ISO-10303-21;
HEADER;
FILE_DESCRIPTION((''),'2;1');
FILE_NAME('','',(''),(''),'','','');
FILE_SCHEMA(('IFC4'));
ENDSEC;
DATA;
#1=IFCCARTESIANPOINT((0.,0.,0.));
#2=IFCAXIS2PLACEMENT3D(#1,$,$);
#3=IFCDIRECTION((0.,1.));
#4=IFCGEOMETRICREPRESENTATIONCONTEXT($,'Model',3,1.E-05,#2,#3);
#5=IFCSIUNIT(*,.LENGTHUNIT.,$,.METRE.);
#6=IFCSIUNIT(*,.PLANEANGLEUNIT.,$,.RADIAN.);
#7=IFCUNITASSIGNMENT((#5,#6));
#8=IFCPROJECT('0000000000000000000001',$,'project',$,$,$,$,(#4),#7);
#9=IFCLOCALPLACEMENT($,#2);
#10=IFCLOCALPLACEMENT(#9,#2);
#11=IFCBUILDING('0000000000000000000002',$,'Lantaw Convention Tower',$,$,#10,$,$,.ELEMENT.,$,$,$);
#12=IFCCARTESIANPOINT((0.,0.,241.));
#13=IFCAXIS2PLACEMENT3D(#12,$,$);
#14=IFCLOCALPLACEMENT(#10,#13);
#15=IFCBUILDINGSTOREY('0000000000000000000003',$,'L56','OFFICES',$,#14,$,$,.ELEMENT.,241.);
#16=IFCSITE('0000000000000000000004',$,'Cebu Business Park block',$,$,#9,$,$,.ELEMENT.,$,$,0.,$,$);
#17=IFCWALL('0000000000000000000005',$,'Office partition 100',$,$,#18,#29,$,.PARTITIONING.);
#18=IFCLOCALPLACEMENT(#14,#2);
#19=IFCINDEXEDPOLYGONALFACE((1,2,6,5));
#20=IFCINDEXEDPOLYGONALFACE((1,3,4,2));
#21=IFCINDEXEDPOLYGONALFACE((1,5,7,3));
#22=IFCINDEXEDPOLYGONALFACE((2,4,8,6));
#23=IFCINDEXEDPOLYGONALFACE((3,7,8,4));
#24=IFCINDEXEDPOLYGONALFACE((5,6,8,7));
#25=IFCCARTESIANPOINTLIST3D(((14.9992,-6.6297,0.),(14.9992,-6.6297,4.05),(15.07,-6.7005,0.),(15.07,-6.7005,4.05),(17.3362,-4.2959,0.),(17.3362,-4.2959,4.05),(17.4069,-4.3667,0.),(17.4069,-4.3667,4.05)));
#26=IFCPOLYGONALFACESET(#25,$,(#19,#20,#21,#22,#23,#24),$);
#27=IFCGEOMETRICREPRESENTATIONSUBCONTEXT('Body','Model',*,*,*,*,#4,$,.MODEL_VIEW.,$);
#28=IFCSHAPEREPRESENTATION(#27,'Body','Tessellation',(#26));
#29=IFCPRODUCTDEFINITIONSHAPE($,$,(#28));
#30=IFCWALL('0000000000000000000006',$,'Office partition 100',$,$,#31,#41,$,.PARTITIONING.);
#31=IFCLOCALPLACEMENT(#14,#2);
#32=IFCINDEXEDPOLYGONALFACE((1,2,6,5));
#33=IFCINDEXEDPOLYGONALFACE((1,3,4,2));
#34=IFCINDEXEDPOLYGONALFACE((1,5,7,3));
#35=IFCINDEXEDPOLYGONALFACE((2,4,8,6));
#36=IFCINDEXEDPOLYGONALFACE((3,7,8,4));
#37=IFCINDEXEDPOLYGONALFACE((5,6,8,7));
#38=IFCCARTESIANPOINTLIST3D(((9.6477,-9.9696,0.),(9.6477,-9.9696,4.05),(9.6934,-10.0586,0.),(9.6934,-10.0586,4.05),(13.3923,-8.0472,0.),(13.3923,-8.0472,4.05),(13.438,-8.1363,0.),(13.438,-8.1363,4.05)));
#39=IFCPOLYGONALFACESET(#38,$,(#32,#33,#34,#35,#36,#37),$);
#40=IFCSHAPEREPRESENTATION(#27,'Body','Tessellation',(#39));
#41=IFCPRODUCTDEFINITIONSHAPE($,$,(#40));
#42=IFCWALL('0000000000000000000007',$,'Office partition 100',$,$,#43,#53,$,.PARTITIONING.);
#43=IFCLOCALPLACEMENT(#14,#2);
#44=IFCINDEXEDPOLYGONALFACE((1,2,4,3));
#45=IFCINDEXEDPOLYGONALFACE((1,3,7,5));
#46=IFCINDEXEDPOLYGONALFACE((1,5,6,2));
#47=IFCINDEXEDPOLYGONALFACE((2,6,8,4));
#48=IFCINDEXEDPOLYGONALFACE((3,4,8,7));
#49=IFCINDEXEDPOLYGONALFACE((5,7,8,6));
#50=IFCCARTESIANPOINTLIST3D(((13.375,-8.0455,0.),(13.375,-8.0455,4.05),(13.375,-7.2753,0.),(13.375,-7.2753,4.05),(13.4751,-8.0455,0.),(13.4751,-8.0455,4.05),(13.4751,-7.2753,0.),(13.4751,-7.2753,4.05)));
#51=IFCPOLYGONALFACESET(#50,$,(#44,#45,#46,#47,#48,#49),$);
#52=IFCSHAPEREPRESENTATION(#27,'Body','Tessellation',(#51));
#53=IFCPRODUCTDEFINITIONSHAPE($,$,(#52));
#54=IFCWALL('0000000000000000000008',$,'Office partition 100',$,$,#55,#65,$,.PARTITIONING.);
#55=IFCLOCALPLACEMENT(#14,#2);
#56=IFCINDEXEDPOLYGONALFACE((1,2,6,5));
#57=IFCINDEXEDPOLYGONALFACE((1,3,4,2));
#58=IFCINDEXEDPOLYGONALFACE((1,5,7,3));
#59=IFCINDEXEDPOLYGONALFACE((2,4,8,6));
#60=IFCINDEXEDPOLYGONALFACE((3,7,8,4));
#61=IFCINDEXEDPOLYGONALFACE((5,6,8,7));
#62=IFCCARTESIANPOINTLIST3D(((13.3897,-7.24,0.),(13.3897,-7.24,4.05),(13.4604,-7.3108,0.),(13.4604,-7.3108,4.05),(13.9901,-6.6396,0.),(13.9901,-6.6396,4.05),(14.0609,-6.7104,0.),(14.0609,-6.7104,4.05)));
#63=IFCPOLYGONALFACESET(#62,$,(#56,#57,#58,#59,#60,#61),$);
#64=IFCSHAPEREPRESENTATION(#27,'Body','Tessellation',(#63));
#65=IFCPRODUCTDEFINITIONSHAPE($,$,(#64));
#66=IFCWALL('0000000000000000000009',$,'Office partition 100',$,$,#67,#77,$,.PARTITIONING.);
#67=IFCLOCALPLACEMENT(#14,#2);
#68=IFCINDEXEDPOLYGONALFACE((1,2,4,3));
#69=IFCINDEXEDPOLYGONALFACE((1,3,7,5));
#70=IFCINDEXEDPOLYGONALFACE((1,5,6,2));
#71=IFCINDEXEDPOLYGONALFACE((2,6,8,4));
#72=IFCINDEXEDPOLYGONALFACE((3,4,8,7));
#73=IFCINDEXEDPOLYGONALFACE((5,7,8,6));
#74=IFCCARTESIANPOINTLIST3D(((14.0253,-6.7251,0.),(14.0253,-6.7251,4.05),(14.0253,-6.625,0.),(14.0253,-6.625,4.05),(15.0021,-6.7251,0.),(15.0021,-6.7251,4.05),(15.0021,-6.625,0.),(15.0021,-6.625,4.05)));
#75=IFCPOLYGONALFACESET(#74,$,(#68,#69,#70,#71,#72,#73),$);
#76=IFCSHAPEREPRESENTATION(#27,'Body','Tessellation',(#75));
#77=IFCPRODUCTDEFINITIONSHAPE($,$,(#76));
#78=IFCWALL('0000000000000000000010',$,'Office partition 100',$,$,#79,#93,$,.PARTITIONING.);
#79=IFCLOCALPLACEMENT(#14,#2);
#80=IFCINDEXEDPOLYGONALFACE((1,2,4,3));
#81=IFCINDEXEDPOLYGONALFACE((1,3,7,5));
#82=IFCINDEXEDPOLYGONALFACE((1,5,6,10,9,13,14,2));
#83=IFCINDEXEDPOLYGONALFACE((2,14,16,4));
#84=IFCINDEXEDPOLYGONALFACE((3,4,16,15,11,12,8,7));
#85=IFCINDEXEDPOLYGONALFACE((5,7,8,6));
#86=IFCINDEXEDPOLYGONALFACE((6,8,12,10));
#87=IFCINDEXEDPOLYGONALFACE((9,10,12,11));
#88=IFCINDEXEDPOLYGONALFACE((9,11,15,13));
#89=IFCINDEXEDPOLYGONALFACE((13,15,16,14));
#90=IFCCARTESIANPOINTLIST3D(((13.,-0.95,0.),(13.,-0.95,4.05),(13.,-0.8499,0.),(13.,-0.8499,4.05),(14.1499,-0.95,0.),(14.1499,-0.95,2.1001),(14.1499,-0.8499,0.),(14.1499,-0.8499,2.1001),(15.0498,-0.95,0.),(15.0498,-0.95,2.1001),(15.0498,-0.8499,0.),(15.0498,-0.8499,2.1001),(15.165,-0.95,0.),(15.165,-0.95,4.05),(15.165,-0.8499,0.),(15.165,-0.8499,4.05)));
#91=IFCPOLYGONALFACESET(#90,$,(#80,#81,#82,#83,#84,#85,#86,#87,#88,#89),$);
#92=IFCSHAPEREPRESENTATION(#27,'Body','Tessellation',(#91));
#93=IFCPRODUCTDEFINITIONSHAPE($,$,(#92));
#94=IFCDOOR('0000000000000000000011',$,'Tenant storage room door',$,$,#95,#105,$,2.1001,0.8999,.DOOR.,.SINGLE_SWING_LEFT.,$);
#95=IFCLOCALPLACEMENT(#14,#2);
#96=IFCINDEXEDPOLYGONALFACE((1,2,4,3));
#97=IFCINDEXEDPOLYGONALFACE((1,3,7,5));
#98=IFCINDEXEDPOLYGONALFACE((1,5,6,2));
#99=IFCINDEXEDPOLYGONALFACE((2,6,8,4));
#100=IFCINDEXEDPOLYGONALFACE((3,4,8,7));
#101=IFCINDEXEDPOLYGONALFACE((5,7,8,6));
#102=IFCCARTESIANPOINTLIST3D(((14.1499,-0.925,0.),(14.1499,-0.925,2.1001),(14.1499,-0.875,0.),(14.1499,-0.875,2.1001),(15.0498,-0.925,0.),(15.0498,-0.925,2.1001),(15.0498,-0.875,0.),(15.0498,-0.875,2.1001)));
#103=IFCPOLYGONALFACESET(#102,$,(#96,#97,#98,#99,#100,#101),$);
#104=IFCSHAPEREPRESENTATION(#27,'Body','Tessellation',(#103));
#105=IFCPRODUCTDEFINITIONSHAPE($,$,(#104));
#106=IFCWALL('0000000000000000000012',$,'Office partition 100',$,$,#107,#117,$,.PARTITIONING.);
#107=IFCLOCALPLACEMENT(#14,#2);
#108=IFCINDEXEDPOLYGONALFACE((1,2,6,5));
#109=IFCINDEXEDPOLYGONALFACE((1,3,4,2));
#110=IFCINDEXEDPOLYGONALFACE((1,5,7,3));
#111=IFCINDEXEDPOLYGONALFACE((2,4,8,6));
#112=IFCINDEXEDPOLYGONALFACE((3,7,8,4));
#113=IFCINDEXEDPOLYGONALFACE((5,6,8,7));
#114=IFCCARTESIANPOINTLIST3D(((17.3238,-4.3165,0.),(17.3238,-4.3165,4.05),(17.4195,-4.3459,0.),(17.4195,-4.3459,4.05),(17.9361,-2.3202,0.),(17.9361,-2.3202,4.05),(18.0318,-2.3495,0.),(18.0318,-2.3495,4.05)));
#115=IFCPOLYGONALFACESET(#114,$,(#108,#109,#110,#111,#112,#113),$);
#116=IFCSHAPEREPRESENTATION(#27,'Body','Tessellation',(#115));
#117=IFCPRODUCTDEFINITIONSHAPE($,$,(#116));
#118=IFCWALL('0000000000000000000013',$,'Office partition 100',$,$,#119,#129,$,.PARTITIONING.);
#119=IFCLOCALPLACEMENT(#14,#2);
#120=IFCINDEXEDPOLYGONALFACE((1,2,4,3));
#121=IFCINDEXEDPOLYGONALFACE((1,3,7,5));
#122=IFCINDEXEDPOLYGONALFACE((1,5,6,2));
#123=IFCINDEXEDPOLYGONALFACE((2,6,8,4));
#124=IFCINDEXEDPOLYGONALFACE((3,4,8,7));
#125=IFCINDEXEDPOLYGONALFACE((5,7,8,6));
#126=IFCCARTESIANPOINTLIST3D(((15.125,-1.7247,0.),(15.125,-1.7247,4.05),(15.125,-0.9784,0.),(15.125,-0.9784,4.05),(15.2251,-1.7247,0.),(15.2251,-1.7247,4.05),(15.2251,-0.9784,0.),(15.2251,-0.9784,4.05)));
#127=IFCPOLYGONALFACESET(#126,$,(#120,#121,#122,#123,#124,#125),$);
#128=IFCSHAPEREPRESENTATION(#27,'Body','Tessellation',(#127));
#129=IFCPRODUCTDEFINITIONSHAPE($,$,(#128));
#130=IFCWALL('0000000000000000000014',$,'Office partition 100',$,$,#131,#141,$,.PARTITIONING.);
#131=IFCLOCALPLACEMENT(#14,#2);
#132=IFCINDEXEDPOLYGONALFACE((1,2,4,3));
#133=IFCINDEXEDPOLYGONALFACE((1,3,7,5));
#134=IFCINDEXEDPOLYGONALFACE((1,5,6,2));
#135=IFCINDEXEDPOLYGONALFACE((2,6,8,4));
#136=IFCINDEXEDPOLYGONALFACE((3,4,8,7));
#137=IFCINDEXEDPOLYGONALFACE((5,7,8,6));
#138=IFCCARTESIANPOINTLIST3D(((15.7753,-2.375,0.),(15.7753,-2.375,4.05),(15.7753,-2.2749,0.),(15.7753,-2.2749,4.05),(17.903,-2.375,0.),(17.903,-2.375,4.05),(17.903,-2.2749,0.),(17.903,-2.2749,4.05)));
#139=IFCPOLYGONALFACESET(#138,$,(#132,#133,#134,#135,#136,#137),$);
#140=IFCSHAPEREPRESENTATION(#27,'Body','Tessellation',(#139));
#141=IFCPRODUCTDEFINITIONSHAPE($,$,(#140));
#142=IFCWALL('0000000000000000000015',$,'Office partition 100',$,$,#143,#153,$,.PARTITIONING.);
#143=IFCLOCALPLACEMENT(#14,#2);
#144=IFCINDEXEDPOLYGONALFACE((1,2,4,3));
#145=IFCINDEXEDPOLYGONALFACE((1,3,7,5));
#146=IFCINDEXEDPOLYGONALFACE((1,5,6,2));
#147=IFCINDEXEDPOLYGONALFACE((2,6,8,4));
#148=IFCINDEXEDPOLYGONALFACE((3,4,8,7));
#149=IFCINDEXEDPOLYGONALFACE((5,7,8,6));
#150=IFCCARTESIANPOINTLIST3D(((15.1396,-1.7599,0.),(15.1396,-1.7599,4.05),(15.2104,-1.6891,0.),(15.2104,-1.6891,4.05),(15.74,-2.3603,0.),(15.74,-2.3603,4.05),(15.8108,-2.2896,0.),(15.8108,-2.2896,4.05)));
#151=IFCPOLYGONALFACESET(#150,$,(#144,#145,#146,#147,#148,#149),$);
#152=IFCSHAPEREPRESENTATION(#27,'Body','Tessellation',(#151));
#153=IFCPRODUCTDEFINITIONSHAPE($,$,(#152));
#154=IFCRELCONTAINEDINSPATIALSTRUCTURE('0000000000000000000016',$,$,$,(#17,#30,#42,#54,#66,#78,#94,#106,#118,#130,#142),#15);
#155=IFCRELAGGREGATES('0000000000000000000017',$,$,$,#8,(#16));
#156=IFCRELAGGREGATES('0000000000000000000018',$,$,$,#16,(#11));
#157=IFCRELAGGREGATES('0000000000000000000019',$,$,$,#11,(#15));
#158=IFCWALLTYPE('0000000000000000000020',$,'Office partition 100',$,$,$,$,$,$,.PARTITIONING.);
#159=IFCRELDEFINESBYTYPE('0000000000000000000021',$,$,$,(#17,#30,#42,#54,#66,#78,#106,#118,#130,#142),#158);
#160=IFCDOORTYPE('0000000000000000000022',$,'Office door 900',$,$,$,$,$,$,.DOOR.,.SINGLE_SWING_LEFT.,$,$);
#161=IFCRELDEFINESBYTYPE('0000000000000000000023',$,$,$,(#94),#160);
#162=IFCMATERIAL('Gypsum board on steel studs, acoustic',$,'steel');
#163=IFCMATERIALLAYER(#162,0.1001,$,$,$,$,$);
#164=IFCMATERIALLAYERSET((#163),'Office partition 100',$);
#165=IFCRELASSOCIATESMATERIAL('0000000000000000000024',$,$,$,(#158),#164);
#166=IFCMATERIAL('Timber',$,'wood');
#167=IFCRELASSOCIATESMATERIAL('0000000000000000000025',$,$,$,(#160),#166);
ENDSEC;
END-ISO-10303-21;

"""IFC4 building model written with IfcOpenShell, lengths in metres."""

from ifc_helpers import new_model, si_unit, direction, frame, frame_2d, origin, place, context, subcontext, project, spatial, rectangle, extrude, material, layer, layer_set, type_object, element, fill, save


model = new_model("IFC4")

# Units and contexts
model_context = context("Model", 3, precision=1e-05, world=origin(), true_north=direction((0.0, 1.0)))
body_context = subcontext(model_context, "Body", "Model", "MODEL_VIEW")
ifc_project = project(units=[si_unit("LENGTHUNIT", "METRE"), si_unit("PLANEANGLEUNIT", "RADIAN")], contexts=[model_context])

# Site, building, storey
site_placement = place(None, origin())
site = spatial("IfcSite", under=ifc_project, at=site_placement, Name="Cebu Business Park block", CompositionType="ELEMENT", RefElevation=0.0)
building_placement = place(site_placement, origin())
building = spatial("IfcBuilding", under=site, at=building_placement, Name="Lantaw Convention Tower", CompositionType="ELEMENT")
storey_placement = place(building_placement, frame((0.0, 0.0, 241.0)))
storey = spatial("IfcBuildingStorey", under=building, at=storey_placement, Name="L56", Description="OFFICES", CompositionType="ELEMENT", Elevation=241.0)

# Walls
ifc_material_1 = material(Name="Gypsum board on steel studs, acoustic", Category="steel")
ifc_layer_1 = layer(ifc_material_1, 0.1001)
ifc_layer_set_1 = layer_set([ifc_layer_1], Name="Office partition 100")
wall_type_1 = type_object("IfcWallType", Name="Office partition 100", PredefinedType="PARTITIONING", material=ifc_layer_set_1)
wall_1_placement = place(storey_placement, frame((17.3716, -4.3313, 0.0), z_axis=(0.0, 0.0, 1.0), x_axis=(-0.707587, -0.706626, 0.0)))
element("IfcWall", 1, at=wall_1_placement, inside=storey, type_object=wall_type_1, Name="Office partition 100", PredefinedType="PARTITIONING", context=body_context, shape_type="SweptSolid", body=[
    extrude(rectangle(XDim=3.3027, YDim=0.1001, at=frame_2d((1.6514, 0.0))), origin(), (0.0, 0.0, 1.0), 4.05),
])
wall_2_placement = place(storey_placement, frame((13.415, -8.0918, 0.0), z_axis=(0.0, 0.0, 1.0), x_axis=(-0.889621, -0.4567, 0.0)))
element("IfcWall", 2, at=wall_2_placement, inside=storey, type_object=wall_type_1, Name="Office partition 100", PredefinedType="PARTITIONING", context=body_context, shape_type="SweptSolid", body=[
    extrude(rectangle(XDim=4.2092, YDim=0.1001, at=frame_2d((2.1045, 0.0))), origin(), (0.0, 0.0, 1.0), 4.05),
])
wall_3_placement = place(storey_placement, frame((13.425, -8.0457, 0.0), z_axis=(0.0, 0.0, 1.0), x_axis=(0.0, 1.0, 0.0)))
element("IfcWall", 3, at=wall_3_placement, inside=storey, type_object=wall_type_1, Name="Office partition 100", PredefinedType="PARTITIONING", context=body_context, shape_type="SweptSolid", body=[
    extrude(rectangle(XDim=0.7703, YDim=0.1001, at=frame_2d((0.3853, 0.0))), origin(), (0.0, 0.0, 1.0), 4.05),
])
wall_4_placement = place(storey_placement, frame((13.425, -7.2754, 0.0), z_axis=(0.0, 0.0, 1.0), x_axis=(0.707107, 0.707107, 0.0)))
element("IfcWall", 4, at=wall_4_placement, inside=storey, type_object=wall_type_1, Name="Office partition 100", PredefinedType="PARTITIONING", context=body_context, shape_type="SweptSolid", body=[
    extrude(rectangle(XDim=0.8491, YDim=0.1001, at=frame_2d((0.4246, 0.0))), origin(), (0.0, 0.0, 1.0), 4.05),
])
wall_5_placement = place(storey_placement, frame((14.0254, -6.675, 0.0), z_axis=(0.0, 0.0, 1.0), x_axis=(1.0, 0.0, 0.0)))
element("IfcWall", 5, at=wall_5_placement, inside=storey, type_object=wall_type_1, Name="Office partition 100", PredefinedType="PARTITIONING", context=body_context, shape_type="SweptSolid", body=[
    extrude(rectangle(XDim=0.9768, YDim=0.1001, at=frame_2d((0.4883, 0.0))), origin(), (0.0, 0.0, 1.0), 4.05),
])

# Wall, opening, door
wall_6_placement = place(storey_placement, frame((13.0, -0.8999, 0.0), z_axis=(0.0, 0.0, 1.0), x_axis=(1.0, 0.0, 0.0)))
wall_6 = element("IfcWall", 6, at=wall_6_placement, inside=storey, type_object=wall_type_1, Name="Office partition 100", PredefinedType="PARTITIONING", context=body_context, shape_type="SweptSolid", body=[
    extrude(rectangle(XDim=2.165, YDim=0.1001, at=frame_2d((1.0825, 0.0))), origin(), (0.0, 0.0, 1.0), 4.05),
])
opening_1_placement = place(wall_6_placement, frame((1.1499, 0.0, 0.0)))
opening_1 = element("IfcOpeningElement", 7, at=opening_1_placement, cuts=wall_6, PredefinedType="OPENING", context=body_context, shape_type="SweptSolid", body=[
    extrude(rectangle(XDim=0.8999, YDim=2.1001, at=frame_2d((0.45, 1.05))), frame((0.0, 0.0601, 0.0), z_axis=(0.0, -1.0, 0.0), x_axis=(1.0, 0.0, 0.0)), (0.0, 0.0, 1.0), 0.1201),
])
ifc_material_2 = material(Name="Timber", Category="wood")
door_type_1 = type_object("IfcDoorType", Name="Office door 900", OperationType="SINGLE_SWING_LEFT", PredefinedType="DOOR", material=ifc_material_2)
door_1_placement = place(opening_1_placement, origin())
door_1 = element("IfcDoor", 8, at=door_1_placement, inside=storey, type_object=door_type_1, Name="Tenant storage room door", OperationType="SINGLE_SWING_LEFT", OverallHeight=2.1001, OverallWidth=0.8999, PredefinedType="DOOR", context=body_context, shape_type="SweptSolid", body=[
    extrude(rectangle(XDim=0.8999, YDim=2.1001, at=frame_2d((0.45, 1.05))), frame((0.0, 0.0249, 0.0), z_axis=(0.0, -1.0, 0.0), x_axis=(1.0, 0.0, 0.0)), (0.0, 0.0, 1.0), 0.05),
])
fill(opening_1, door_1)

# Walls
wall_7_placement = place(storey_placement, frame((17.9839, -2.335, 0.0), z_axis=(0.0, 0.0, 1.0), x_axis=(-0.293231, -0.956042, 0.0)))
element("IfcWall", 9, at=wall_7_placement, inside=storey, type_object=wall_type_1, Name="Office partition 100", PredefinedType="PARTITIONING", context=body_context, shape_type="SweptSolid", body=[
    extrude(rectangle(XDim=2.0881, YDim=0.1001, at=frame_2d((1.0439, 0.0))), origin(), (0.0, 0.0, 1.0), 4.05),
])
wall_8_placement = place(storey_placement, frame((15.175, -1.7246, 0.0), z_axis=(0.0, 0.0, 1.0), x_axis=(0.0, 1.0, 0.0)))
element("IfcWall", 10, at=wall_8_placement, inside=storey, type_object=wall_type_1, Name="Office partition 100", PredefinedType="PARTITIONING", context=body_context, shape_type="SweptSolid", body=[
    extrude(rectangle(XDim=0.7463, YDim=0.1001, at=frame_2d((0.373, 0.0))), origin(), (0.0, 0.0, 1.0), 4.05),
])
wall_9_placement = place(storey_placement, frame((17.9031, -2.325, 0.0), z_axis=(0.0, 0.0, 1.0), x_axis=(-1.0, 0.0, 0.0)))
element("IfcWall", 11, at=wall_9_placement, inside=storey, type_object=wall_type_1, Name="Office partition 100", PredefinedType="PARTITIONING", context=body_context, shape_type="SweptSolid", body=[
    extrude(rectangle(XDim=2.1277, YDim=0.1001, at=frame_2d((1.064, 0.0))), origin(), (0.0, 0.0, 1.0), 4.05),
])
wall_10_placement = place(storey_placement, frame((15.7754, -2.325, 0.0), z_axis=(0.0, 0.0, 1.0), x_axis=(-0.707107, 0.707107, 0.0)))
element("IfcWall", 12, at=wall_10_placement, inside=storey, type_object=wall_type_1, Name="Office partition 100", PredefinedType="PARTITIONING", context=body_context, shape_type="SweptSolid", body=[
    extrude(rectangle(XDim=0.8491, YDim=0.1001, at=frame_2d((0.4246, 0.0))), origin(), (0.0, 0.0, 1.0), 4.05),
])

save(model, "model.ifc")
